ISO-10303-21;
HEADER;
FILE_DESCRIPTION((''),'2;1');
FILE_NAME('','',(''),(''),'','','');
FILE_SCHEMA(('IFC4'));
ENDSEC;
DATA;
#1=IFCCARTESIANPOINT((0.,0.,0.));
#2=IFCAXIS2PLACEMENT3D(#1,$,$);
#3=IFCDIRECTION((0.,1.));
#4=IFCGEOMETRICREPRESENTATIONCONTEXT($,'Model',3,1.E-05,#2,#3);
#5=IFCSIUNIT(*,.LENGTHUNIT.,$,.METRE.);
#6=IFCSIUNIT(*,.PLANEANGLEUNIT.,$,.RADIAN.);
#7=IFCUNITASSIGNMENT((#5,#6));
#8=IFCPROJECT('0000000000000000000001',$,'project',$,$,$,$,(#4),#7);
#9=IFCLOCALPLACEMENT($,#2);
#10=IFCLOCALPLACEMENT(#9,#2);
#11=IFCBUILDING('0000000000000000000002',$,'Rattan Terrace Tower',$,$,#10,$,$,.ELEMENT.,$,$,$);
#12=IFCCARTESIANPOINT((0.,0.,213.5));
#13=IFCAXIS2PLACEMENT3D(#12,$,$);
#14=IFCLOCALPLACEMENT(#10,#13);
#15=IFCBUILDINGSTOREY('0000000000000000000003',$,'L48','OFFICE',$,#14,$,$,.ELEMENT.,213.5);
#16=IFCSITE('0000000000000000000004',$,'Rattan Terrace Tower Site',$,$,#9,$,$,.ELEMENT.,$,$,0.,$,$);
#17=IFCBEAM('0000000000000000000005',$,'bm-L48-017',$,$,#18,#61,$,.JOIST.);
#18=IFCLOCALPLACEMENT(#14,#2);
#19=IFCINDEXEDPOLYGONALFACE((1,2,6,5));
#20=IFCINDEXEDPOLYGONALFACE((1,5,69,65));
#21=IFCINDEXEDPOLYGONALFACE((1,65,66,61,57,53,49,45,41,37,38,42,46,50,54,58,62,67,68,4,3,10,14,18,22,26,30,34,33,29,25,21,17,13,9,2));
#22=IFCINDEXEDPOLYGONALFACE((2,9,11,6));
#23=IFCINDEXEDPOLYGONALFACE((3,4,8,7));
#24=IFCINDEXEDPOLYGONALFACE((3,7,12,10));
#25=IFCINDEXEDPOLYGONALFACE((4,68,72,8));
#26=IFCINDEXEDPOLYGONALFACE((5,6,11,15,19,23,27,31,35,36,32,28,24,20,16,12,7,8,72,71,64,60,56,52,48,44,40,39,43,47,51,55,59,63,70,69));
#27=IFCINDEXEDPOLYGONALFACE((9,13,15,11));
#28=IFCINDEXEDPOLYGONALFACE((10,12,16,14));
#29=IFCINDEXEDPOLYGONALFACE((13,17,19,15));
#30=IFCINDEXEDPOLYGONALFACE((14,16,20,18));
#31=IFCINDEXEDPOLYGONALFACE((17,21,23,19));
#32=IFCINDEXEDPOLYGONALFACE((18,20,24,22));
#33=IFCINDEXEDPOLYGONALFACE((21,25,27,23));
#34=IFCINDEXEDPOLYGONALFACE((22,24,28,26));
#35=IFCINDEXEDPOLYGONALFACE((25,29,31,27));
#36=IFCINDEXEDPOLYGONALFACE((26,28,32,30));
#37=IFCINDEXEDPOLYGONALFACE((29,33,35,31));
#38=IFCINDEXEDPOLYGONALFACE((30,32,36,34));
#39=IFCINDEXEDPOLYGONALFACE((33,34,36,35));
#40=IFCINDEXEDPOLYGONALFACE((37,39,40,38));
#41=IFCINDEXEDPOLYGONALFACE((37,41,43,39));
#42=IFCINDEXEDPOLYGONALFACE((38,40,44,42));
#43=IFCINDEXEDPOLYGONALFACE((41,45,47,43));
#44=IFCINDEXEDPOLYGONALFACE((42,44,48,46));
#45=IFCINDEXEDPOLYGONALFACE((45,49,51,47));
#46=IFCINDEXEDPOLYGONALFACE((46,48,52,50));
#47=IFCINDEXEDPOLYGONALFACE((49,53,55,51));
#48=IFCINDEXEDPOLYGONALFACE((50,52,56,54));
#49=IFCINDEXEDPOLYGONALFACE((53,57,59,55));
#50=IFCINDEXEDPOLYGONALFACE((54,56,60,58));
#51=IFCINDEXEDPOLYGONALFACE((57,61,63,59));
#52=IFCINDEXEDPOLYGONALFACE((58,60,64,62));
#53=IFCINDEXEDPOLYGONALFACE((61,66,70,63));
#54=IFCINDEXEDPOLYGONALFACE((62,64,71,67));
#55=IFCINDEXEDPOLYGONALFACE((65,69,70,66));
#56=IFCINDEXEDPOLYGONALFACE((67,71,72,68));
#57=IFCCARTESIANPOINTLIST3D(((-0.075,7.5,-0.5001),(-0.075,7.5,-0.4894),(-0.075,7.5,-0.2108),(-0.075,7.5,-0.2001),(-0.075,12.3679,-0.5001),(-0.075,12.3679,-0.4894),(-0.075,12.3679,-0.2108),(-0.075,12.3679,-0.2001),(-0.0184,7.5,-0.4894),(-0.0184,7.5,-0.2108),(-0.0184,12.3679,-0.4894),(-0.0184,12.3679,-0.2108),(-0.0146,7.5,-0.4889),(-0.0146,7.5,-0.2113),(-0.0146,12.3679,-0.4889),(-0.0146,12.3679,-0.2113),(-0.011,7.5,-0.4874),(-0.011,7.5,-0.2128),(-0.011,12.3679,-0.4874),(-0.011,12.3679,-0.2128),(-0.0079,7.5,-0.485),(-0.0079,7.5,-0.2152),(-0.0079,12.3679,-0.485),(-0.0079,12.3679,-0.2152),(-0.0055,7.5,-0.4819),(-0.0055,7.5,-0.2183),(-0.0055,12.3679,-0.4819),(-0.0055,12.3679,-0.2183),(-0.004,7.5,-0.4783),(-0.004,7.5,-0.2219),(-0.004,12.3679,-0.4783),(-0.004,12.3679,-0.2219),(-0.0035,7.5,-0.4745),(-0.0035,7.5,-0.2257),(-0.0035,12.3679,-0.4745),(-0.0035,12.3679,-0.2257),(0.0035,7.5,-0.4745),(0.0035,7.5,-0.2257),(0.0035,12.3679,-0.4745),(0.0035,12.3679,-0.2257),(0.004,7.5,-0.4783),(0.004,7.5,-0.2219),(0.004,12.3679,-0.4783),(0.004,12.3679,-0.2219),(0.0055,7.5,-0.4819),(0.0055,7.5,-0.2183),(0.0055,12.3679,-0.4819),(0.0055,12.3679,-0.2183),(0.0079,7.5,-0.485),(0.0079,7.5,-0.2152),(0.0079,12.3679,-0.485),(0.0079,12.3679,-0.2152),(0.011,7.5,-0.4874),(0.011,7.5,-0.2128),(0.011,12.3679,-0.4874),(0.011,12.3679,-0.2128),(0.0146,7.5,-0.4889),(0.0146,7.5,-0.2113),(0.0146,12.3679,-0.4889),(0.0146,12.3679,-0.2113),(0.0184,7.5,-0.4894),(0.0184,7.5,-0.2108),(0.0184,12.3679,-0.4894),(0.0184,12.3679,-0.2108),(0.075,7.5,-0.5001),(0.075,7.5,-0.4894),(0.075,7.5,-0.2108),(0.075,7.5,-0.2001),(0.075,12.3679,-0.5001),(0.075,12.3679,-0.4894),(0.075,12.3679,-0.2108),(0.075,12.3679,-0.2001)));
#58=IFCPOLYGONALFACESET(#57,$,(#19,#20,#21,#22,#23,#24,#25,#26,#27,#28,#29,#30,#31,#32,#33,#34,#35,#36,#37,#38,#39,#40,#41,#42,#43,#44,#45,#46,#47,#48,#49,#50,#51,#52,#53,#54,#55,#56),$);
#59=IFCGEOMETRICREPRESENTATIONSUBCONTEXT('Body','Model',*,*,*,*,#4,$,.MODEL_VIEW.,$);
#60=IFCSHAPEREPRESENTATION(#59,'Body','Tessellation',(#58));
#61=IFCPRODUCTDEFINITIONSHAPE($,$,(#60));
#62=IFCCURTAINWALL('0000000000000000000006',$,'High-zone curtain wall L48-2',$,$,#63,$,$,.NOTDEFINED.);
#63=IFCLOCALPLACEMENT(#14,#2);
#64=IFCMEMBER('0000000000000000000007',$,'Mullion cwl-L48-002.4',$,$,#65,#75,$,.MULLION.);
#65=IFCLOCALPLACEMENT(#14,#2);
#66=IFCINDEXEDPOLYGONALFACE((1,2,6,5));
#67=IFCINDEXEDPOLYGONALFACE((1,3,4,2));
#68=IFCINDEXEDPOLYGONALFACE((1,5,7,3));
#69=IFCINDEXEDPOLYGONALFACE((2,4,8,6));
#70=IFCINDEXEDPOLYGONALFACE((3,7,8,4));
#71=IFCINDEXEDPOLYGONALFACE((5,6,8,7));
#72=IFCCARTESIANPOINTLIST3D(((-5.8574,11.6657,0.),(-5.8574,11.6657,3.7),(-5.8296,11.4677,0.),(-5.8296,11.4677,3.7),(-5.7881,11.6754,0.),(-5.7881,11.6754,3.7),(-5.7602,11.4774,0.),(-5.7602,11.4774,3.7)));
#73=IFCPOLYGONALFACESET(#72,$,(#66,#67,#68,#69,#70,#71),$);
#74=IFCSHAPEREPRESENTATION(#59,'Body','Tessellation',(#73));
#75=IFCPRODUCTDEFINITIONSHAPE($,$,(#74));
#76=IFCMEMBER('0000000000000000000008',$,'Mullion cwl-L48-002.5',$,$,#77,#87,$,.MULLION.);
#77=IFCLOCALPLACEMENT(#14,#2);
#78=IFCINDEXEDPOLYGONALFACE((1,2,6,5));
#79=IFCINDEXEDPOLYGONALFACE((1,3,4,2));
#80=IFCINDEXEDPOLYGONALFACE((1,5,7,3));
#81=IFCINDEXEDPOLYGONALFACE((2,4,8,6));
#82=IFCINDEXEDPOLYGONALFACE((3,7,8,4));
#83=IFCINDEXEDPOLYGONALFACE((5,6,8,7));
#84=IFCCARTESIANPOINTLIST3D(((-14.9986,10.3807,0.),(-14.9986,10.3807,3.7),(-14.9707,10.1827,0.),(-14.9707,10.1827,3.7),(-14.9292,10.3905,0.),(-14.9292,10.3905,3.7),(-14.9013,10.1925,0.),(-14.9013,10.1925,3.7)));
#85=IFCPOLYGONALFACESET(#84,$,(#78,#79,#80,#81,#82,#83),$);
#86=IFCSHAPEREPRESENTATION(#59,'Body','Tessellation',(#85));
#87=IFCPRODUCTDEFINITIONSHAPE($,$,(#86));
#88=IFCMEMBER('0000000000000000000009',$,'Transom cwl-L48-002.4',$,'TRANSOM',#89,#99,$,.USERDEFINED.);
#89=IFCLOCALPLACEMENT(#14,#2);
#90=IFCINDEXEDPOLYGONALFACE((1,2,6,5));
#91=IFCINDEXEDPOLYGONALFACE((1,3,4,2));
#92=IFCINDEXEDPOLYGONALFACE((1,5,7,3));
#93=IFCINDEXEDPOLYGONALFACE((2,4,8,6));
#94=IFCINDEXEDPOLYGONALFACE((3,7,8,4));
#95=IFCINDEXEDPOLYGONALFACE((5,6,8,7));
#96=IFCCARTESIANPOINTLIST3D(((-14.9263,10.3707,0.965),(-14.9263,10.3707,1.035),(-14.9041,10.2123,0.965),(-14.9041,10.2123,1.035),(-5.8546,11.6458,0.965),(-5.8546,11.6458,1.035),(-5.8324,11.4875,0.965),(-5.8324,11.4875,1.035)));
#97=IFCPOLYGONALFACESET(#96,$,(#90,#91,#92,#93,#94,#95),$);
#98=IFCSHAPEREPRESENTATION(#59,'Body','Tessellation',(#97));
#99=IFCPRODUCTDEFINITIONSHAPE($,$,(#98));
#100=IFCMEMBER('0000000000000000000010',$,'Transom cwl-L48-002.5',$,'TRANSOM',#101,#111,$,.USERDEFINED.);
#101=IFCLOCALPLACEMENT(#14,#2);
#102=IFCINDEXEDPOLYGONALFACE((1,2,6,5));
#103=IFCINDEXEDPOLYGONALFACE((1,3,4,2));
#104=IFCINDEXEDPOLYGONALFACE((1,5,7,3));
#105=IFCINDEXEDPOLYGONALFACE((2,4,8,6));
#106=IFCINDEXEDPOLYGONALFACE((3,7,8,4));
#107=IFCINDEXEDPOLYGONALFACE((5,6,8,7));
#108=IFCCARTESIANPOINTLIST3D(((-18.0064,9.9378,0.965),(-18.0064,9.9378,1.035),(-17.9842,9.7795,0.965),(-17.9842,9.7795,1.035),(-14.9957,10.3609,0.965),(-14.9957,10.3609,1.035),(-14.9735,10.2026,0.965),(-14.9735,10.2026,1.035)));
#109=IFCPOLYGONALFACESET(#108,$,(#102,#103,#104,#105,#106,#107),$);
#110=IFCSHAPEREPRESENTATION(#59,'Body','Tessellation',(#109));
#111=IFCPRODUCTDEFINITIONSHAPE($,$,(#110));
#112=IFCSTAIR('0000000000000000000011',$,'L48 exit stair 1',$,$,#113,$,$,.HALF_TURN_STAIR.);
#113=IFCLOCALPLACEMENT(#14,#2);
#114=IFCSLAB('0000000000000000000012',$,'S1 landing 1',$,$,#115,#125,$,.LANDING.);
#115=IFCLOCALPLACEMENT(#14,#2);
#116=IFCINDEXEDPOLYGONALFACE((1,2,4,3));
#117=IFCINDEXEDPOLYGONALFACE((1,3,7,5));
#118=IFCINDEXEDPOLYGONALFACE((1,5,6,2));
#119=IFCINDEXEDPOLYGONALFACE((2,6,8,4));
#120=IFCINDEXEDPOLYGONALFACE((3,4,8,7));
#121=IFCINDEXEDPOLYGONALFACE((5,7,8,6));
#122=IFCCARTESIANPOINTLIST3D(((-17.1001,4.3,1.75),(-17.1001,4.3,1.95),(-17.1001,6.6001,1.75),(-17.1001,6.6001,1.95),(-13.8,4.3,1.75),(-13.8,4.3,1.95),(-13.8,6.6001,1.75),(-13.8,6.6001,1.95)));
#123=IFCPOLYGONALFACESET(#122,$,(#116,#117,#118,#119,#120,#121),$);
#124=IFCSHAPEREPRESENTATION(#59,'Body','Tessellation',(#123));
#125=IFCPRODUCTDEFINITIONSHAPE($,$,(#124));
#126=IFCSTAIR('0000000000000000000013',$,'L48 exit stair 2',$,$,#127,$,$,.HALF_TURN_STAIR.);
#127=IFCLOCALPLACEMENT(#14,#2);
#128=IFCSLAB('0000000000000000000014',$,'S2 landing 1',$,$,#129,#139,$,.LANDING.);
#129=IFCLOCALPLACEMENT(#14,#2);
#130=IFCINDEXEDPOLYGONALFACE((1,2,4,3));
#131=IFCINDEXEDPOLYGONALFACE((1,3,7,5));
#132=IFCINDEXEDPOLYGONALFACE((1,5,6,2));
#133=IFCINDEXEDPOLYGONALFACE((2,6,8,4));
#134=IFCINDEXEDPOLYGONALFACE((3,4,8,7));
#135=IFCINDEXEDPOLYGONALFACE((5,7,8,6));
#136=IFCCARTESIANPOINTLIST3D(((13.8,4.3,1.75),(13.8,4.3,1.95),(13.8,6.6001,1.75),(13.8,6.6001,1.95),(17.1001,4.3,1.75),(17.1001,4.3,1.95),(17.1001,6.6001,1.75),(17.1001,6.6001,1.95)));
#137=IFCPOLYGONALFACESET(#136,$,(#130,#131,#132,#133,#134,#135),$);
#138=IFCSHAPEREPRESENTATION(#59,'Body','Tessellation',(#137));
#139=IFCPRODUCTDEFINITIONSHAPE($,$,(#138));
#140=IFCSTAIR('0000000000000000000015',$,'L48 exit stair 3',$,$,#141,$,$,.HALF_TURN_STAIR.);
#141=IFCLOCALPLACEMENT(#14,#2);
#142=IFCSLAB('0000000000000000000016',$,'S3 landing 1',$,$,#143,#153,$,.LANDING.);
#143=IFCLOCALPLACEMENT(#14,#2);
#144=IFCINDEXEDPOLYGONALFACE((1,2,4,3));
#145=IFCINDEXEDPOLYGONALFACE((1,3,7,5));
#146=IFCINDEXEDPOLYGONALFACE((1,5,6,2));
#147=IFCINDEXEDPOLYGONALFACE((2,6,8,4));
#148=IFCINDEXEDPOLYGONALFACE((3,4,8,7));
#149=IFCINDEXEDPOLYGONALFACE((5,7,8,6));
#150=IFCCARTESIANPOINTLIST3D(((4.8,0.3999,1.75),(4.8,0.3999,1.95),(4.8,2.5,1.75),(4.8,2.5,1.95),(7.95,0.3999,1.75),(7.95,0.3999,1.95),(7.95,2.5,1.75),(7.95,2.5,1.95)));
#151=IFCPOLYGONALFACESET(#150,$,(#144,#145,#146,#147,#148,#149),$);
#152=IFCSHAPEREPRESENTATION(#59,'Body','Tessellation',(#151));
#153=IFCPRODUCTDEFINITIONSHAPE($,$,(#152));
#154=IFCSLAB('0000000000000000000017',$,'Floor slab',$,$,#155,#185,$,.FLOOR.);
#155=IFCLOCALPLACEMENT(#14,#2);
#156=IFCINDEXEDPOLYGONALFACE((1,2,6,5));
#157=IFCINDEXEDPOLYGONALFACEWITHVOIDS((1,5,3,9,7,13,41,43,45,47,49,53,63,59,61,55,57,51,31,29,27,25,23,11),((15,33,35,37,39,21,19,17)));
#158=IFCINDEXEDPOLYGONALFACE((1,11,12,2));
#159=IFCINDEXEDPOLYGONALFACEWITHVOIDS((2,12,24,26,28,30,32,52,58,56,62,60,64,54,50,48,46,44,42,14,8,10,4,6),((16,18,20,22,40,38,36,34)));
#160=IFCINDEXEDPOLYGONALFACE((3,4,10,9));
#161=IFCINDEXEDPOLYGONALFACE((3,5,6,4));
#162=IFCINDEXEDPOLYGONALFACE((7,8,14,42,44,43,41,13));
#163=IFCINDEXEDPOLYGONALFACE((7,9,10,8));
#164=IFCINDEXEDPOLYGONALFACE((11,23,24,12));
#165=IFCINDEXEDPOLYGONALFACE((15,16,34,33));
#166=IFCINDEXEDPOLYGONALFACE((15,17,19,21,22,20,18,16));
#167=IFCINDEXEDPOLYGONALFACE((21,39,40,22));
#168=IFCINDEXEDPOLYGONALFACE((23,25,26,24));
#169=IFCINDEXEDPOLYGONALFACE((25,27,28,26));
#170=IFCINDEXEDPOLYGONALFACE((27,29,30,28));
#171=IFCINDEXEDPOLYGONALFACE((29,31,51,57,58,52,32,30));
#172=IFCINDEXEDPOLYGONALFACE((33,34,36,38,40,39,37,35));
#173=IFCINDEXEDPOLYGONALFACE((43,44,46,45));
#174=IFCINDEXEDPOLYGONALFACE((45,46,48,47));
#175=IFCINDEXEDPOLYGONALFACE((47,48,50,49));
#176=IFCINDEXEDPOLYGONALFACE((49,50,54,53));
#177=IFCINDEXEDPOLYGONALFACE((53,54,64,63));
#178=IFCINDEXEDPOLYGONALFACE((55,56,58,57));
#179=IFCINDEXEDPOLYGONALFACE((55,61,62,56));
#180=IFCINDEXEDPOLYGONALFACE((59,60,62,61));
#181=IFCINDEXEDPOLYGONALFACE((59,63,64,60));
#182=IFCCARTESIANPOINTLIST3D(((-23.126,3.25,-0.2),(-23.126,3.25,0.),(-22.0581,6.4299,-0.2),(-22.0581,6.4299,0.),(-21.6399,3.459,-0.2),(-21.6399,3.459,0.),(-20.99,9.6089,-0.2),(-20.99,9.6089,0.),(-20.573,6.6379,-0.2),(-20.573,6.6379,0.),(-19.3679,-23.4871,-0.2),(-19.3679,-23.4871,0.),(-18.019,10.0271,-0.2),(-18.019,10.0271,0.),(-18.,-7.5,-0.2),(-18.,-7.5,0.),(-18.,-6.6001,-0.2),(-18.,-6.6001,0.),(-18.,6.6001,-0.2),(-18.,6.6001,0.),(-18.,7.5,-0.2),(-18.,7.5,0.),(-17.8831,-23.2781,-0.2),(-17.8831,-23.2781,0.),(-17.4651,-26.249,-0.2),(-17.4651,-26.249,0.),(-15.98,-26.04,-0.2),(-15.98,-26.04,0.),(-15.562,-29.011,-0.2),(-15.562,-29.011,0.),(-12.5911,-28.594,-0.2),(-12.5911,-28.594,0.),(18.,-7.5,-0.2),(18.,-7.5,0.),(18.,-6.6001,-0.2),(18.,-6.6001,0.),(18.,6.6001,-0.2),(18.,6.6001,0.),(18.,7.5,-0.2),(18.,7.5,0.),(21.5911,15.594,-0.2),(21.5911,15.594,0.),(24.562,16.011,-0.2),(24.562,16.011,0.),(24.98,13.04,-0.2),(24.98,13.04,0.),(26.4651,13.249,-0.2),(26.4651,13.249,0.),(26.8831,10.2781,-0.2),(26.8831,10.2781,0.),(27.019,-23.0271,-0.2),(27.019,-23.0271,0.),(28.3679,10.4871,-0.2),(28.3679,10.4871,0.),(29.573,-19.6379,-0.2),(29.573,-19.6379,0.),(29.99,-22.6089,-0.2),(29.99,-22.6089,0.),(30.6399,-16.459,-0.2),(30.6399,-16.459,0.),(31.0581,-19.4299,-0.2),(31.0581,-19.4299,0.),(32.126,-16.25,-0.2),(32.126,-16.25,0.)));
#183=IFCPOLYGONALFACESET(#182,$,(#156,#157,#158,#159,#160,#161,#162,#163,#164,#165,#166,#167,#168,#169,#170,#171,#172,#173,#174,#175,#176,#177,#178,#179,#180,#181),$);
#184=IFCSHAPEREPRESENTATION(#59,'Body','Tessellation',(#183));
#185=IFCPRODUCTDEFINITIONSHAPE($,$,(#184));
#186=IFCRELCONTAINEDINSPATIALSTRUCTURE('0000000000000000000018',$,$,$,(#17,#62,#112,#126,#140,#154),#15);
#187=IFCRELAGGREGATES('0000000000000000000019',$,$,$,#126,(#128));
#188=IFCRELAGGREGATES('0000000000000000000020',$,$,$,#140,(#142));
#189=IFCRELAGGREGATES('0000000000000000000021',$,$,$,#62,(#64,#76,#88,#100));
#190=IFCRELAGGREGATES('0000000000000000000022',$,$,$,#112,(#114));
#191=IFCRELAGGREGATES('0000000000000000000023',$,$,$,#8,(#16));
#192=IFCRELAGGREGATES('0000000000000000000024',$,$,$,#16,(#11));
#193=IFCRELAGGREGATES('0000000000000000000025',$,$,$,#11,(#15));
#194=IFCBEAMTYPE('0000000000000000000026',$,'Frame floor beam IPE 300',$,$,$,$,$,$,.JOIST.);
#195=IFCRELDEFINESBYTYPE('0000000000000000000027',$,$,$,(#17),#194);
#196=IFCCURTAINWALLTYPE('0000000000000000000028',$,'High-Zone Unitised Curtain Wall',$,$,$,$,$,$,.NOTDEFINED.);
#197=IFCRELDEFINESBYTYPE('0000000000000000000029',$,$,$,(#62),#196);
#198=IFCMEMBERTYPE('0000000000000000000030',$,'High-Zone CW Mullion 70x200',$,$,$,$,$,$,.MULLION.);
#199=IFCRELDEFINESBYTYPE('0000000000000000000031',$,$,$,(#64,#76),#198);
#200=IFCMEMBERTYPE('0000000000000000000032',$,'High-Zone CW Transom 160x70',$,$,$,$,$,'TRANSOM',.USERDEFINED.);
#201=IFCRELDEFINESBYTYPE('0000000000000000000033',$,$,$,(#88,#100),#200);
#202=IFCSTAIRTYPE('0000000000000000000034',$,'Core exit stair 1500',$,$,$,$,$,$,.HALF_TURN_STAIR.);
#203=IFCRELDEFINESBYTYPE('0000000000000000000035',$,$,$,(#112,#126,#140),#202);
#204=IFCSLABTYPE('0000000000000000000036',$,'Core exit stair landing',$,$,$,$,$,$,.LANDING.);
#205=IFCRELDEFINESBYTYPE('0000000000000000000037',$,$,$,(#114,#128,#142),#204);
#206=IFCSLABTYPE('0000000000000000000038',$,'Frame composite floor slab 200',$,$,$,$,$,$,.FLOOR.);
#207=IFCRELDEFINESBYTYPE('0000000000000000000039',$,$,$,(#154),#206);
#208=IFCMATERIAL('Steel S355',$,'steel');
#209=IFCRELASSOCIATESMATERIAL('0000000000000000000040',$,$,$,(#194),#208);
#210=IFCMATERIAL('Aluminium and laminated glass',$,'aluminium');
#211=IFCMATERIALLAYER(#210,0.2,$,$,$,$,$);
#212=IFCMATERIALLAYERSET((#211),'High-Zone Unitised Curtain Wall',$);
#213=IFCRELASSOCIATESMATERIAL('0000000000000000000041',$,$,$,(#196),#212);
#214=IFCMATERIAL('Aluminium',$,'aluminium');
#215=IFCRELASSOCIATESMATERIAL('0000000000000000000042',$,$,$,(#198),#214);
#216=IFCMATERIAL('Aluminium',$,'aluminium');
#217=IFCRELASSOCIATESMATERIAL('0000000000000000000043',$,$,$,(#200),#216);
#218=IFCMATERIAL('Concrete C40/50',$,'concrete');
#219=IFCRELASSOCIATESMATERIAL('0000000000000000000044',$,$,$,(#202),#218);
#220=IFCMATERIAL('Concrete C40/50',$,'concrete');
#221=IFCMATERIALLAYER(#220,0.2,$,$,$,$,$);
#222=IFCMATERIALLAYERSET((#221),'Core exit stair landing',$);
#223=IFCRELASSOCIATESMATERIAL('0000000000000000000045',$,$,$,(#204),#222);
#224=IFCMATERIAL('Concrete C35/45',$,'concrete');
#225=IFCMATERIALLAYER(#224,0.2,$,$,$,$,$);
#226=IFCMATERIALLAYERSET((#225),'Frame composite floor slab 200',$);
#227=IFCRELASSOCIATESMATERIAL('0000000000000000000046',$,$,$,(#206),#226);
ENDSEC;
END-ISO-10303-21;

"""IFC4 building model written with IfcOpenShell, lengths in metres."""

from ifc_helpers import new_model, si_unit, direction, frame, origin, origin_2d, place, context, subcontext, project, spatial, polyline, rectangle, i_section, outline, extrude, material, layer, layer_set, material_profile, profile_set, type_object, element, aggregate, save


model = new_model("IFC4")

# Units and contexts
model_context = context("Model", 3, precision=1e-05, world=origin(), true_north=direction((0.0, 1.0)))
body_context = subcontext(model_context, "Body", "Model", "MODEL_VIEW")
ifc_project = project(units=[si_unit("LENGTHUNIT", "METRE"), si_unit("PLANEANGLEUNIT", "RADIAN")], contexts=[model_context])

# Site, building, storey
site_placement = place(None, origin())
site = spatial("IfcSite", under=ifc_project, at=site_placement, Name="Rattan Terrace Tower Site", CompositionType="ELEMENT", RefElevation=0.0)
building_placement = place(site_placement, origin())
building = spatial("IfcBuilding", under=site, at=building_placement, Name="Rattan Terrace Tower", CompositionType="ELEMENT")
storey_placement = place(building_placement, frame((0.0, 0.0, 213.5)))
storey = spatial("IfcBuildingStorey", under=building, at=storey_placement, Name="L48", Description="OFFICE", CompositionType="ELEMENT", Elevation=213.5)

# Beam
ifc_material_1 = material(Name="Steel S355", Category="steel")
ifc_material_profile_1 = material_profile(ifc_material_1, i_section(OverallWidth=0.1499, OverallDepth=0.3, WebThickness=0.0071, FlangeThickness=0.0107, FilletRadius=0.0149, at=origin_2d()), Name="IPE 300")
ifc_profile_set_1 = profile_set([ifc_material_profile_1], Name="Steel S355")
beam_type = type_object("IfcBeamType", Name="Frame floor beam IPE 300", PredefinedType="JOIST", material=ifc_profile_set_1)
beam_1_placement = place(storey_placement, frame((0.0, 7.5, -0.3501), z_axis=(0.0, 1.0, 0.0), x_axis=(-1.0, 0.0, 0.0)))
element("IfcBeam", 1, at=beam_1_placement, inside=storey, type_object=beam_type, Name="bm-L48-017", PredefinedType="JOIST", context=body_context, shape_type="SweptSolid", body=[
    extrude(i_section(OverallWidth=0.1499, OverallDepth=0.3, WebThickness=0.0071, FlangeThickness=0.0107, FilletRadius=0.0149, at=origin_2d()), origin(), (0.0, 0.0, 1.0), 4.8679),
])

# Curtain wall, members
ifc_material_2 = material(Name="Aluminium and laminated glass", Category="aluminium")
ifc_layer_1 = layer(ifc_material_2, 0.2)
ifc_layer_set_1 = layer_set([ifc_layer_1], Name="High-Zone Unitised Curtain Wall")
curtain_wall_type = type_object("IfcCurtainWallType", Name="High-Zone Unitised Curtain Wall", PredefinedType="NOTDEFINED", material=ifc_layer_set_1)
curtain_wall_placement = place(storey_placement, origin())
curtain_wall = element("IfcCurtainWall", 2, at=curtain_wall_placement, inside=storey, type_object=curtain_wall_type, Name="High-zone curtain wall L48-2", PredefinedType="NOTDEFINED")
ifc_material_3 = material(Name="Aluminium", Category="aluminium")
ifc_material_profile_2 = material_profile(ifc_material_3, rectangle(XDim=0.0701, YDim=0.2, at=origin_2d()), Name="Aluminium 70x200")
ifc_profile_set_2 = profile_set([ifc_material_profile_2], Name="Aluminium")
member_type_1 = type_object("IfcMemberType", Name="High-Zone CW Mullion 70x200", PredefinedType="MULLION", material=ifc_profile_set_2)
member_1_placement = place(storey_placement, frame((-5.8088, 11.5715, 0.0), z_axis=(0.0, 0.0, 1.0), x_axis=(-0.990267, -0.139177, 0.0)))
member_1 = element("IfcMember", 3, at=member_1_placement, type_object=member_type_1, Name="Mullion cwl-L48-002.4", PredefinedType="MULLION", context=body_context, shape_type="SweptSolid", body=[
    extrude(rectangle(XDim=0.0701, YDim=0.2, at=origin_2d()), origin(), (0.0, 0.0, 1.0), 3.7),
])
member_2_placement = place(storey_placement, frame((-14.95, 10.2866, 0.0), z_axis=(0.0, 0.0, 1.0), x_axis=(-0.990267, -0.139177, 0.0)))
member_2 = element("IfcMember", 4, at=member_2_placement, type_object=member_type_1, Name="Mullion cwl-L48-002.5", PredefinedType="MULLION", context=body_context, shape_type="SweptSolid", body=[
    extrude(rectangle(XDim=0.0701, YDim=0.2, at=origin_2d()), origin(), (0.0, 0.0, 1.0), 3.7),
])
ifc_material_4 = material(Name="Aluminium", Category="aluminium")
ifc_material_profile_3 = material_profile(ifc_material_4, rectangle(XDim=0.1599, YDim=0.0701, at=origin_2d()), Name="Aluminium 160x70")
ifc_profile_set_3 = profile_set([ifc_material_profile_3], Name="Aluminium")
member_type_2 = type_object("IfcMemberType", Name="High-Zone CW Transom 160x70", ElementType="TRANSOM", PredefinedType="USERDEFINED", material=ifc_profile_set_3)
member_3_placement = place(storey_placement, frame((-5.8435, 11.5667, 1.0), z_axis=(-0.990265, -0.139194, 0.0), x_axis=(0.139194, -0.990265, 0.0)))
member_3 = element("IfcMember", 5, at=member_3_placement, type_object=member_type_2, Name="Transom cwl-L48-002.4", ObjectType="TRANSOM", PredefinedType="USERDEFINED", context=body_context, shape_type="SweptSolid", body=[
    extrude(rectangle(XDim=0.1599, YDim=0.0701, at=origin_2d()), origin(), (0.0, 0.0, 1.0), 9.1609),
])
member_4_placement = place(storey_placement, frame((-14.9846, 10.2817, 1.0), z_axis=(-0.99027, -0.139161, 0.0), x_axis=(0.139161, -0.99027, 0.0)))
member_4 = element("IfcMember", 6, at=member_4_placement, type_object=member_type_2, Name="Transom cwl-L48-002.5", ObjectType="TRANSOM", PredefinedType="USERDEFINED", context=body_context, shape_type="SweptSolid", body=[
    extrude(rectangle(XDim=0.1599, YDim=0.0701, at=origin_2d()), origin(), (0.0, 0.0, 1.0), 3.0403),
])

# Stairs, slabs
ifc_material_5 = material(Name="Concrete C40/50", Category="concrete")
stair_type = type_object("IfcStairType", Name="Core exit stair 1500", PredefinedType="HALF_TURN_STAIR", material=ifc_material_5)
stair_1_placement = place(storey_placement, origin())
stair_1 = element("IfcStair", 7, at=stair_1_placement, inside=storey, type_object=stair_type, Name="L48 exit stair 1", PredefinedType="HALF_TURN_STAIR")
ifc_material_6 = material(Name="Concrete C40/50", Category="concrete")
ifc_layer_2 = layer(ifc_material_6, 0.2)
ifc_layer_set_2 = layer_set([ifc_layer_2], Name="Core exit stair landing")
slab_type_1 = type_object("IfcSlabType", Name="Core exit stair landing", PredefinedType="LANDING", material=ifc_layer_set_2)
slab_1_placement = place(storey_placement, frame((0.0, 0.0, 1.75)))
slab_1 = element("IfcSlab", 8, at=slab_1_placement, type_object=slab_type_1, Name="S1 landing 1", PredefinedType="LANDING", context=body_context, shape_type="SweptSolid", body=[
    extrude(outline(polyline([(-13.8, 4.3), (-13.8, 6.6001), (-17.1001, 6.6001), (-17.1001, 4.3), (-13.8, 4.3)])), origin(), (0.0, 0.0, 1.0), 0.2),
])
stair_2_placement = place(storey_placement, origin())
stair_2 = element("IfcStair", 9, at=stair_2_placement, inside=storey, type_object=stair_type, Name="L48 exit stair 2", PredefinedType="HALF_TURN_STAIR")
slab_2_placement = place(storey_placement, frame((0.0, 0.0, 1.75)))
slab_2 = element("IfcSlab", 10, at=slab_2_placement, type_object=slab_type_1, Name="S2 landing 1", PredefinedType="LANDING", context=body_context, shape_type="SweptSolid", body=[
    extrude(outline(polyline([(17.1001, 4.3), (17.1001, 6.6001), (13.8, 6.6001), (13.8, 4.3), (17.1001, 4.3)])), origin(), (0.0, 0.0, 1.0), 0.2),
])
aggregate(stair_2, [slab_2])
stair_3_placement = place(storey_placement, origin())
stair_3 = element("IfcStair", 11, at=stair_3_placement, inside=storey, type_object=stair_type, Name="L48 exit stair 3", PredefinedType="HALF_TURN_STAIR")
slab_3_placement = place(storey_placement, frame((0.0, 0.0, 1.75)))
slab_3 = element("IfcSlab", 12, at=slab_3_placement, type_object=slab_type_1, Name="S3 landing 1", PredefinedType="LANDING", context=body_context, shape_type="SweptSolid", body=[
    extrude(outline(polyline([(4.8, 2.5), (4.8, 0.3999), (7.95, 0.3999), (7.95, 2.5), (4.8, 2.5)])), origin(), (0.0, 0.0, 1.0), 0.2),
])
aggregate(stair_3, [slab_3])

# Slab
ifc_material_7 = material(Name="Concrete C35/45", Category="concrete")
ifc_layer_3 = layer(ifc_material_7, 0.2)
ifc_layer_set_3 = layer_set([ifc_layer_3], Name="Frame composite floor slab 200")
slab_type_2 = type_object("IfcSlabType", Name="Frame composite floor slab 200", PredefinedType="FLOOR", material=ifc_layer_set_3)
slab_4_placement = place(storey_placement, frame((0.0, 0.0, -0.2)))
element("IfcSlab", 13, at=slab_4_placement, inside=storey, type_object=slab_type_2, Name="Floor slab", PredefinedType="FLOOR", context=body_context, shape_type="SweptSolid", body=[
    extrude(outline(polyline([(-12.5911, -28.594), (27.019, -23.0271), (29.99, -22.6089), (29.573, -19.6379), (31.0581, -19.4299), (30.6399, -16.459), (32.126, -16.25), (28.3679, 10.4871), (26.8831, 10.2781), (26.4651, 13.249), (24.98, 13.04), (24.562, 16.011), (21.5911, 15.594), (-18.019, 10.0271), (-20.99, 9.6089), (-20.573, 6.6379), (-22.0581, 6.4299), (-21.6399, 3.459), (-23.126, 3.25), (-19.3679, -23.4871), (-17.8831, -23.2781), (-17.4651, -26.249), (-15.98, -26.04), (-15.562, -29.011), (-12.5911, -28.594)]), holes=[polyline([(-18.0, -7.5), (18.0, -7.5), (18.0, -6.6001), (18.0, 6.6001), (18.0, 7.5), (-18.0, 7.5), (-18.0, 6.6001), (-18.0, -6.6001), (-18.0, -7.5)])]), origin(), (0.0, 0.0, 1.0), 0.2),
])

aggregate(curtain_wall, [member_1, member_2, member_3, member_4])

aggregate(stair_1, [slab_1])

save(model, "model.ifc")
